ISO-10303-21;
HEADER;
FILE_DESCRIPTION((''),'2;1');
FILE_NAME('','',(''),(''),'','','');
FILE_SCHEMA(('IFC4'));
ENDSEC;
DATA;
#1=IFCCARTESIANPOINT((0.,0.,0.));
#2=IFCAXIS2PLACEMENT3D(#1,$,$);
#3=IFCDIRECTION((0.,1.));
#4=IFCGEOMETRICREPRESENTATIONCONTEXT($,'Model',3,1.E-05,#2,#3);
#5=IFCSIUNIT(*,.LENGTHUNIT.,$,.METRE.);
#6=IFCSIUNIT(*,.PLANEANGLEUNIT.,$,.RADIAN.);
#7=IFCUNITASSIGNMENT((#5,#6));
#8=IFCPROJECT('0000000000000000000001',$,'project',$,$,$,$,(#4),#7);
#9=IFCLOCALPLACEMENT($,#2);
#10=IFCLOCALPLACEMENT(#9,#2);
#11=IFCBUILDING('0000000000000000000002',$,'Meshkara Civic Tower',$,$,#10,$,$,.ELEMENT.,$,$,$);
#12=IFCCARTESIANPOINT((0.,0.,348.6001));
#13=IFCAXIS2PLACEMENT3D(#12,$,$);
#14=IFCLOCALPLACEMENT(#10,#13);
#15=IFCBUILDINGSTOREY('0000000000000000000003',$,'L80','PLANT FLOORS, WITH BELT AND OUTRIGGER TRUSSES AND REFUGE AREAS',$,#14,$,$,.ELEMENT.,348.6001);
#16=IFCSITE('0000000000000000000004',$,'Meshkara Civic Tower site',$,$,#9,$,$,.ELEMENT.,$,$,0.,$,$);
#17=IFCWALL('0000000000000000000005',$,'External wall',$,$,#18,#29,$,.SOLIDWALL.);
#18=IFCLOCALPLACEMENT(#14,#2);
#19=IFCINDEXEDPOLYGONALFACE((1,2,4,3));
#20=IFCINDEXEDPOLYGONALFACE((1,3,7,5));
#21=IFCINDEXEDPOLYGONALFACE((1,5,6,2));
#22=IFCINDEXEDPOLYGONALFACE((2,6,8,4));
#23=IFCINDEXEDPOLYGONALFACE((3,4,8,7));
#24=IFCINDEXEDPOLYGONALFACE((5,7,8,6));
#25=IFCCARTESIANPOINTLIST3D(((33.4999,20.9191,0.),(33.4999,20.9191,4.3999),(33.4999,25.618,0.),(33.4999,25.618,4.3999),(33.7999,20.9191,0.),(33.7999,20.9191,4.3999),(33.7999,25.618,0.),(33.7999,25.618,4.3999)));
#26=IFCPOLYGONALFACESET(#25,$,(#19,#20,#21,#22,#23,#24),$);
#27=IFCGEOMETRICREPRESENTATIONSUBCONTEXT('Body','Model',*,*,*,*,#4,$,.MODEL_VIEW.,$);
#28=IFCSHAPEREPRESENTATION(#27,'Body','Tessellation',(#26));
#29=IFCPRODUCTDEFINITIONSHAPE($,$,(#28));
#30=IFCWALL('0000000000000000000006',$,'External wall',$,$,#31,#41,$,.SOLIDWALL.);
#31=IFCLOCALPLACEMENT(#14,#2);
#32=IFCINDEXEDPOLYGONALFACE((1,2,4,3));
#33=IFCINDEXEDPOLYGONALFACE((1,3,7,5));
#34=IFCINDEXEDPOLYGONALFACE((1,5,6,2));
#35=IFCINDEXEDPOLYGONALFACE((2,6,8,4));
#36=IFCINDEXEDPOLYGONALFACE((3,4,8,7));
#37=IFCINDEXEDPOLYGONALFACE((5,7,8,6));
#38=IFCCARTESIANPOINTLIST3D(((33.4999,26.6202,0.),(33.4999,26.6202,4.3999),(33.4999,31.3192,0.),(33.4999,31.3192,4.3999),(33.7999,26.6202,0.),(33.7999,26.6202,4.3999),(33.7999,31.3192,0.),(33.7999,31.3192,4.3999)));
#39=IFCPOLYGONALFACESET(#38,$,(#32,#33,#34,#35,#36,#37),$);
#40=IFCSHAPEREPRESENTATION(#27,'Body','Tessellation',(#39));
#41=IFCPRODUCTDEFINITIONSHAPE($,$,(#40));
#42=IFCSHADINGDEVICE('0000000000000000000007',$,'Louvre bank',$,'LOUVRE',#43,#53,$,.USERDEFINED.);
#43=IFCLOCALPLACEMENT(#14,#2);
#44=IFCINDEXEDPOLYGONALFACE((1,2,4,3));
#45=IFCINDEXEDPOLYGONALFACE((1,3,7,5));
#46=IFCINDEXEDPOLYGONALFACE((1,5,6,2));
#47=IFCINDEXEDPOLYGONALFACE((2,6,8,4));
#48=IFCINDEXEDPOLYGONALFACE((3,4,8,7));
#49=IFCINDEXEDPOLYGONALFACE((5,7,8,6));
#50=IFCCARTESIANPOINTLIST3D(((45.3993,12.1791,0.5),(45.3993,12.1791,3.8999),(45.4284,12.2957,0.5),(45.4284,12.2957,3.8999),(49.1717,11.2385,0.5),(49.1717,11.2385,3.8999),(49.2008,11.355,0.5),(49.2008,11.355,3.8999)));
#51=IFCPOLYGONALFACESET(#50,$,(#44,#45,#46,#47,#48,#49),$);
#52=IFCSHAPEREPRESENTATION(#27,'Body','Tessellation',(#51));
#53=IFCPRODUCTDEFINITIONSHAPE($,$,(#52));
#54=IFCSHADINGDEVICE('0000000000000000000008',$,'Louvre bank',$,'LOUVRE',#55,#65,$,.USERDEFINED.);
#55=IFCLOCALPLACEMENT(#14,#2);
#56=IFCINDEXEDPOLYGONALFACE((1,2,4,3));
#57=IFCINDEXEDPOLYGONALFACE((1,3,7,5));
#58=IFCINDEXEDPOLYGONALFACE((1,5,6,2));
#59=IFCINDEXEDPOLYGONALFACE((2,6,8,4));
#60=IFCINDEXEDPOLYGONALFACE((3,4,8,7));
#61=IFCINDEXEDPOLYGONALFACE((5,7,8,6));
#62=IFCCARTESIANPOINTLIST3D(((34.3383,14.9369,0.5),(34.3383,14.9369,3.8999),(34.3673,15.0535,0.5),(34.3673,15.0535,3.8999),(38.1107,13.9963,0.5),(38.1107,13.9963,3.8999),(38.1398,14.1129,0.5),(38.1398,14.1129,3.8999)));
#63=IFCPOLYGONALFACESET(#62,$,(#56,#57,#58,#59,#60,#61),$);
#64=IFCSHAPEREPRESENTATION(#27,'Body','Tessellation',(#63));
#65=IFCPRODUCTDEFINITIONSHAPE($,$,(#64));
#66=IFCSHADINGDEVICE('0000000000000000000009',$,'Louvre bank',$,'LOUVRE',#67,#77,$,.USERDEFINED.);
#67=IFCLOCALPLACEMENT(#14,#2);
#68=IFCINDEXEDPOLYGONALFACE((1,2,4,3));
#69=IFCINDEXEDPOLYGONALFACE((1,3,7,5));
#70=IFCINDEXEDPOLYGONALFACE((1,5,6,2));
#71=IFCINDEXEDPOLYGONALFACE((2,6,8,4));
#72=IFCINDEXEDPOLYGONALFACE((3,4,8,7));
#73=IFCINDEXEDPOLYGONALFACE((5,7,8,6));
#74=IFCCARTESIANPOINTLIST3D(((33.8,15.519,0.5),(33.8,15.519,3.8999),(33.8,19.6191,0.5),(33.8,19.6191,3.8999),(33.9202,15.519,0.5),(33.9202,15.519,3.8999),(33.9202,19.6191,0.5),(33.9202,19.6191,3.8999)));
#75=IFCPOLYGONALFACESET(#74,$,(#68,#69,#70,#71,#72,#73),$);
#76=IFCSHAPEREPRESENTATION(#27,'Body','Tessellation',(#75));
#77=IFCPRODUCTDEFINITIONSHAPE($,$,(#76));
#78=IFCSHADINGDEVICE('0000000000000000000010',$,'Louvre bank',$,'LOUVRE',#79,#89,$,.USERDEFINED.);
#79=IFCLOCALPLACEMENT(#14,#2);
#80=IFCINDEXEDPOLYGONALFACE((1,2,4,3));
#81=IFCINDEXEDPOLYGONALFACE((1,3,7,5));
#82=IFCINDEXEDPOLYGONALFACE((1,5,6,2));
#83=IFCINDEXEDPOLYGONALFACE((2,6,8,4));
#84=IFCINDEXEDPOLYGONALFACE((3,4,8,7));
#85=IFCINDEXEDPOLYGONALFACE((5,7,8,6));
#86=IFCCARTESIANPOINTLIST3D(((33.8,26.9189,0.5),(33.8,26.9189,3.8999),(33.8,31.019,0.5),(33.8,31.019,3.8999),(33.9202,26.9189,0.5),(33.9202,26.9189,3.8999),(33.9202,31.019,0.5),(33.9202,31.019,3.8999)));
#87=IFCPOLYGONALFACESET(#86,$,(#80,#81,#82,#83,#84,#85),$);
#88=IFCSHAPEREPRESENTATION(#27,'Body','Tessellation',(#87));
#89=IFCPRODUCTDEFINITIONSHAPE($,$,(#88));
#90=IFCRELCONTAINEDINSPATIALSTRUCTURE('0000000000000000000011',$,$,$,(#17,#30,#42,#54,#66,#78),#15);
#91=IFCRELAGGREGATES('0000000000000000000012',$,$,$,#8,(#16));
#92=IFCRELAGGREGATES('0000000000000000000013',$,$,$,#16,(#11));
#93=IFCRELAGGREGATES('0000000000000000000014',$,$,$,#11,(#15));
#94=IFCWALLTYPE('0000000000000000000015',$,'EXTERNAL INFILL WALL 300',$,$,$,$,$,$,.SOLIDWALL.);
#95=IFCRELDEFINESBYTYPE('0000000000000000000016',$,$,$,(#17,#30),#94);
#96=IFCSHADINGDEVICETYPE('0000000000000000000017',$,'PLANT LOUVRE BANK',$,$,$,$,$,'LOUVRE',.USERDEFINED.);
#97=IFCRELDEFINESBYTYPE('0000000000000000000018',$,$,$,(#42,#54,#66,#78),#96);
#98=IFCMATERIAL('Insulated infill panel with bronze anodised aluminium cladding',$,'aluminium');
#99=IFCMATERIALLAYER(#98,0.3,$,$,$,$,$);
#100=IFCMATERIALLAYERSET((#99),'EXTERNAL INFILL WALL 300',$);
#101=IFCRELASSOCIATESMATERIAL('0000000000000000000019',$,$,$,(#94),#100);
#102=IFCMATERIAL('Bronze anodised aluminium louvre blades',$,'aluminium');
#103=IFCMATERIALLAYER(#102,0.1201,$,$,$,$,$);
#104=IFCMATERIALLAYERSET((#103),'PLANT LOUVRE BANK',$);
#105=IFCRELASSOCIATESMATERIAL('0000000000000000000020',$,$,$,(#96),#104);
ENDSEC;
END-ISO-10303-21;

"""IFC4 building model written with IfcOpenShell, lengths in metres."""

from ifc_helpers import new_model, si_unit, direction, frame, frame_2d, origin, origin_2d, place, context, subcontext, project, spatial, rectangle, extrude, material, layer, layer_set, type_object, element, save


model = new_model("IFC4")

# Units and contexts
model_context = context("Model", 3, precision=1e-05, world=origin(), true_north=direction((0.0, 1.0)))
body_context = subcontext(model_context, "Body", "Model", "MODEL_VIEW")
ifc_project = project(units=[si_unit("LENGTHUNIT", "METRE"), si_unit("PLANEANGLEUNIT", "RADIAN")], contexts=[model_context])

# Site, building, storey
site_placement = place(None, origin())
site = spatial("IfcSite", under=ifc_project, at=site_placement, Name="Meshkara Civic Tower site", CompositionType="ELEMENT", RefElevation=0.0)
building_placement = place(site_placement, origin())
building = spatial("IfcBuilding", under=site, at=building_placement, Name="Meshkara Civic Tower", CompositionType="ELEMENT")
storey_placement = place(building_placement, frame((0.0, 0.0, 348.6001)))
storey = spatial("IfcBuildingStorey", under=building, at=storey_placement, Name="L80", Description="PLANT FLOORS, WITH BELT AND OUTRIGGER TRUSSES AND REFUGE AREAS", CompositionType="ELEMENT", Elevation=348.6001)

# Walls
ifc_material_1 = material(Name="Insulated infill panel with bronze anodised aluminium cladding", Category="aluminium")
ifc_layer_1 = layer(ifc_material_1, 0.3)
ifc_layer_set_1 = layer_set([ifc_layer_1], Name="EXTERNAL INFILL WALL 300")
wall_type = type_object("IfcWallType", Name="EXTERNAL INFILL WALL 300", PredefinedType="SOLIDWALL", material=ifc_layer_set_1)
for number, where, z_axis, x_axis, name in (
    (1, (33.6499, 20.9189, 0.0), (0.0, 0.0, 1.0), (0.0, 1.0, 0.0), "External wall"),
    (2, (33.6499, 26.6201, 0.0), (0.0, 0.0, 1.0), (0.0, 1.0, 0.0), "External wall"),
):
    element("IfcWall", number, at=place(storey_placement, frame(where, z_axis=z_axis, x_axis=x_axis)), inside=storey, type_object=wall_type, Name=name, PredefinedType="SOLIDWALL", context=body_context, shape_type="SweptSolid", body=[
        extrude(rectangle(XDim=4.699, YDim=0.3, at=frame_2d((2.3496, 0.0))), origin(), (0.0, 0.0, 1.0), 4.3999),
    ])

# Shading devices
ifc_material_2 = material(Name="Bronze anodised aluminium louvre blades", Category="aluminium")
ifc_layer_2 = layer(ifc_material_2, 0.1201)
ifc_layer_set_2 = layer_set([ifc_layer_2], Name="PLANT LOUVRE BANK")
shading_device_type = type_object("IfcShadingDeviceType", Name="PLANT LOUVRE BANK", ElementType="LOUVRE", PredefinedType="USERDEFINED", material=ifc_layer_set_2)
for number, where, z_axis, x_axis, name in (
    (3, (47.3, 11.7671, 0.5), (0.0, 0.0, 1.0), (-0.970292, 0.241939, 0.0), "Louvre bank"),
    (4, (36.239, 14.5249, 0.5), (0.0, 0.0, 1.0), (-0.970292, 0.241939, 0.0), "Louvre bank"),
):
    element("IfcShadingDevice", number, at=place(storey_placement, frame(where, z_axis=z_axis, x_axis=x_axis)), inside=storey, type_object=shading_device_type, Name=name, ObjectType="LOUVRE", PredefinedType="USERDEFINED", context=body_context, shape_type="SweptSolid", body=[
        extrude(rectangle(XDim=3.8879, YDim=0.1201, at=origin_2d()), origin(), (0.0, 0.0, 1.0), 3.3999),
    ])
for number, where, z_axis, x_axis, name in (
    (5, (33.8601, 17.5691, 0.5), (0.0, 0.0, 1.0), (0.0, 1.0, 0.0), "Louvre bank"),
    (6, (33.8601, 28.969, 0.5), (0.0, 0.0, 1.0), (0.0, 1.0, 0.0), "Louvre bank"),
):
    element("IfcShadingDevice", number, at=place(storey_placement, frame(where, z_axis=z_axis, x_axis=x_axis)), inside=storey, type_object=shading_device_type, Name=name, ObjectType="LOUVRE", PredefinedType="USERDEFINED", context=body_context, shape_type="SweptSolid", body=[
        extrude(rectangle(XDim=4.1001, YDim=0.1201, at=origin_2d()), origin(), (0.0, 0.0, 1.0), 3.3999),
    ])

save(model, "model.ifc")
